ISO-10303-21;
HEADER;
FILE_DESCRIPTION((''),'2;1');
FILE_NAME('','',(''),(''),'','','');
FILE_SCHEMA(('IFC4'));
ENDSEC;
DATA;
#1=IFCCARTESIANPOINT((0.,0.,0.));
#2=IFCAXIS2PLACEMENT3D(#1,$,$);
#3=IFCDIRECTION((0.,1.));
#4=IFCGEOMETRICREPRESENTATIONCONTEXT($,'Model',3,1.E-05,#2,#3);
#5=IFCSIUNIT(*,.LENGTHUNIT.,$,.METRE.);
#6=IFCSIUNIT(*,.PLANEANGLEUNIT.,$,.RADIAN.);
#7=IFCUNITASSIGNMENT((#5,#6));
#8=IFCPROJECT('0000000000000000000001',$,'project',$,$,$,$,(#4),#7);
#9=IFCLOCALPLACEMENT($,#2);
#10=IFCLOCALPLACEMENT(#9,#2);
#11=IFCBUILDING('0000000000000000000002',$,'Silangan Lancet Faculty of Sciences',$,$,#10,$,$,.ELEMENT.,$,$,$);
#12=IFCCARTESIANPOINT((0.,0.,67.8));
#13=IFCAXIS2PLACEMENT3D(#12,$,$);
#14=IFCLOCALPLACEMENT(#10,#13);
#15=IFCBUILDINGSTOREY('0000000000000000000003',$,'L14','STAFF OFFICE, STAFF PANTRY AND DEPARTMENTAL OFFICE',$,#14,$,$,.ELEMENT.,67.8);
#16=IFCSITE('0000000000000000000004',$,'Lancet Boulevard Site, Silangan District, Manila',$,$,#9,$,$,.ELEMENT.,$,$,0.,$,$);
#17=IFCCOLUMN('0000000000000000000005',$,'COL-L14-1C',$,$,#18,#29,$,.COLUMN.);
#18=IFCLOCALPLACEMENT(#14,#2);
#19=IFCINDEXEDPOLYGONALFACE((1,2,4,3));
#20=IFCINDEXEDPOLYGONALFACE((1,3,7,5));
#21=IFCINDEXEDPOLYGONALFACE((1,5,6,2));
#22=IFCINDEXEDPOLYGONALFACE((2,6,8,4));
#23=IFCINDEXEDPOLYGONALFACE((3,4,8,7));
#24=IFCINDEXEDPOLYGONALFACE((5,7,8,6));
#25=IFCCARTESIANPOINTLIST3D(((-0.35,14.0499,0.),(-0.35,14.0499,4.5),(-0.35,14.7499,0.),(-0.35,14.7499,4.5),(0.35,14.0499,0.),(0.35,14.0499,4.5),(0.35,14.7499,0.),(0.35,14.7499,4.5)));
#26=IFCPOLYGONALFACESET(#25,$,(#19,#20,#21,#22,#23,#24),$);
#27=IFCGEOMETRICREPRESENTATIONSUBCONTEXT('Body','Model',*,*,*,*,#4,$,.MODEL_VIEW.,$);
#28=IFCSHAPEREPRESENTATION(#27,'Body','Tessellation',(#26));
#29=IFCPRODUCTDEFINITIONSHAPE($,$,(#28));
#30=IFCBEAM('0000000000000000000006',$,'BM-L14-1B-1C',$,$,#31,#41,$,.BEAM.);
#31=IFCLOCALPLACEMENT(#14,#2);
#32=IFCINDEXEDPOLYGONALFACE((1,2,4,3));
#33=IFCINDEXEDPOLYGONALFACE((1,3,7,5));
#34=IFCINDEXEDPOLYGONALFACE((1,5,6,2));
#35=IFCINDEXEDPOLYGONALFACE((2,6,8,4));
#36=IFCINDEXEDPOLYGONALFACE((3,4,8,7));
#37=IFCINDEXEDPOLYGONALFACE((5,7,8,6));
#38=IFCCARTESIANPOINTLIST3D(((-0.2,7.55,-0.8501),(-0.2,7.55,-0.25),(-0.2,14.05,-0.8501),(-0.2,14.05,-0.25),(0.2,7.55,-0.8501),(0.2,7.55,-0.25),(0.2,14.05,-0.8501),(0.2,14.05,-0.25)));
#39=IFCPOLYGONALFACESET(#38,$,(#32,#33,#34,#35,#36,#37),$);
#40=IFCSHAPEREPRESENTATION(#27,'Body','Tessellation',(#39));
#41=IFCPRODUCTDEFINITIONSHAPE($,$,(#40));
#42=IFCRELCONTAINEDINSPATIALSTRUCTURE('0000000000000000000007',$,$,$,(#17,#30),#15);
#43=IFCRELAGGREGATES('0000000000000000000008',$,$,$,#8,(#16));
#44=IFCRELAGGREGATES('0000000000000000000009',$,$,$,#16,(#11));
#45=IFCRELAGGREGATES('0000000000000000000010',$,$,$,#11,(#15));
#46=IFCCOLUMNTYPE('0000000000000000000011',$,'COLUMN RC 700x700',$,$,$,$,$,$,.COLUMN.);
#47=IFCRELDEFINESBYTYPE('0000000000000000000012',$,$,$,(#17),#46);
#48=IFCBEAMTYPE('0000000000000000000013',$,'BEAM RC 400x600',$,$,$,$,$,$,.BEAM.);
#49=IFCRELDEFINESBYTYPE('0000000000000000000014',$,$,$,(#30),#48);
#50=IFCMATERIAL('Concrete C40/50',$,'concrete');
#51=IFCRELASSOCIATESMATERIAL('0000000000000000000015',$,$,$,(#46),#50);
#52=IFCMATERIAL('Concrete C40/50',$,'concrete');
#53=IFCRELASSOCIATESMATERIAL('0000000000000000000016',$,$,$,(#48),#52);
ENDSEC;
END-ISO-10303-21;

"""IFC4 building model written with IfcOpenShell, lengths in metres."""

from ifc_helpers import new_model, si_unit, direction, frame, origin, origin_2d, place, context, subcontext, project, spatial, rectangle, extrude, material, material_profile, profile_set, type_object, element, save


model = new_model("IFC4")

# Units and contexts
model_context = context("Model", 3, precision=1e-05, world=origin(), true_north=direction((0.0, 1.0)))
body_context = subcontext(model_context, "Body", "Model", "MODEL_VIEW")
ifc_project = project(units=[si_unit("LENGTHUNIT", "METRE"), si_unit("PLANEANGLEUNIT", "RADIAN")], contexts=[model_context])

# Site, building, storey
site_placement = place(None, origin())
site = spatial("IfcSite", under=ifc_project, at=site_placement, Name="Lancet Boulevard Site, Silangan District, Manila", CompositionType="ELEMENT", RefElevation=0.0)
building_placement = place(site_placement, origin())
building = spatial("IfcBuilding", under=site, at=building_placement, Name="Silangan Lancet Faculty of Sciences", CompositionType="ELEMENT")
storey_placement = place(building_placement, frame((0.0, 0.0, 67.8)))
storey = spatial("IfcBuildingStorey", under=building, at=storey_placement, Name="L14", Description="STAFF OFFICE, STAFF PANTRY AND DEPARTMENTAL OFFICE", CompositionType="ELEMENT", Elevation=67.8)

# Column
ifc_material_1 = material(Name="Concrete C40/50", Category="concrete")
ifc_material_profile_1 = material_profile(ifc_material_1, rectangle(XDim=0.7, YDim=0.7, at=origin_2d()), Name="RC 700x700")
ifc_profile_set_1 = profile_set([ifc_material_profile_1], Name="Concrete C40/50")
column_type = type_object("IfcColumnType", Name="COLUMN RC 700x700", PredefinedType="COLUMN", material=ifc_profile_set_1)
column_placement = place(storey_placement, frame((0.0, 14.3999, 0.0), z_axis=(0.0, 0.0, 1.0), x_axis=(1.0, 0.0, 0.0)))
element("IfcColumn", 1, at=column_placement, inside=storey, type_object=column_type, Name="COL-L14-1C", PredefinedType="COLUMN", context=body_context, shape_type="SweptSolid", body=[
    extrude(rectangle(XDim=0.7, YDim=0.7, at=origin_2d()), origin(), (0.0, 0.0, 1.0), 4.5),
])

# Beam
ifc_material_2 = material(Name="Concrete C40/50", Category="concrete")
ifc_material_profile_2 = material_profile(ifc_material_2, rectangle(XDim=0.3999, YDim=0.6001, at=origin_2d()), Name="RC 400x600")
ifc_profile_set_2 = profile_set([ifc_material_profile_2], Name="Concrete C40/50")
beam_type = type_object("IfcBeamType", Name="BEAM RC 400x600", PredefinedType="BEAM", material=ifc_profile_set_2)
beam_placement = place(storey_placement, frame((0.0, 7.55, -0.55), z_axis=(0.0, 1.0, 0.0), x_axis=(-1.0, 0.0, 0.0)))
element("IfcBeam", 2, at=beam_placement, inside=storey, type_object=beam_type, Name="BM-L14-1B-1C", PredefinedType="BEAM", context=body_context, shape_type="SweptSolid", body=[
    extrude(rectangle(XDim=0.3999, YDim=0.6001, at=origin_2d()), origin(), (0.0, 0.0, 1.0), 6.5),
])

save(model, "model.ifc")
